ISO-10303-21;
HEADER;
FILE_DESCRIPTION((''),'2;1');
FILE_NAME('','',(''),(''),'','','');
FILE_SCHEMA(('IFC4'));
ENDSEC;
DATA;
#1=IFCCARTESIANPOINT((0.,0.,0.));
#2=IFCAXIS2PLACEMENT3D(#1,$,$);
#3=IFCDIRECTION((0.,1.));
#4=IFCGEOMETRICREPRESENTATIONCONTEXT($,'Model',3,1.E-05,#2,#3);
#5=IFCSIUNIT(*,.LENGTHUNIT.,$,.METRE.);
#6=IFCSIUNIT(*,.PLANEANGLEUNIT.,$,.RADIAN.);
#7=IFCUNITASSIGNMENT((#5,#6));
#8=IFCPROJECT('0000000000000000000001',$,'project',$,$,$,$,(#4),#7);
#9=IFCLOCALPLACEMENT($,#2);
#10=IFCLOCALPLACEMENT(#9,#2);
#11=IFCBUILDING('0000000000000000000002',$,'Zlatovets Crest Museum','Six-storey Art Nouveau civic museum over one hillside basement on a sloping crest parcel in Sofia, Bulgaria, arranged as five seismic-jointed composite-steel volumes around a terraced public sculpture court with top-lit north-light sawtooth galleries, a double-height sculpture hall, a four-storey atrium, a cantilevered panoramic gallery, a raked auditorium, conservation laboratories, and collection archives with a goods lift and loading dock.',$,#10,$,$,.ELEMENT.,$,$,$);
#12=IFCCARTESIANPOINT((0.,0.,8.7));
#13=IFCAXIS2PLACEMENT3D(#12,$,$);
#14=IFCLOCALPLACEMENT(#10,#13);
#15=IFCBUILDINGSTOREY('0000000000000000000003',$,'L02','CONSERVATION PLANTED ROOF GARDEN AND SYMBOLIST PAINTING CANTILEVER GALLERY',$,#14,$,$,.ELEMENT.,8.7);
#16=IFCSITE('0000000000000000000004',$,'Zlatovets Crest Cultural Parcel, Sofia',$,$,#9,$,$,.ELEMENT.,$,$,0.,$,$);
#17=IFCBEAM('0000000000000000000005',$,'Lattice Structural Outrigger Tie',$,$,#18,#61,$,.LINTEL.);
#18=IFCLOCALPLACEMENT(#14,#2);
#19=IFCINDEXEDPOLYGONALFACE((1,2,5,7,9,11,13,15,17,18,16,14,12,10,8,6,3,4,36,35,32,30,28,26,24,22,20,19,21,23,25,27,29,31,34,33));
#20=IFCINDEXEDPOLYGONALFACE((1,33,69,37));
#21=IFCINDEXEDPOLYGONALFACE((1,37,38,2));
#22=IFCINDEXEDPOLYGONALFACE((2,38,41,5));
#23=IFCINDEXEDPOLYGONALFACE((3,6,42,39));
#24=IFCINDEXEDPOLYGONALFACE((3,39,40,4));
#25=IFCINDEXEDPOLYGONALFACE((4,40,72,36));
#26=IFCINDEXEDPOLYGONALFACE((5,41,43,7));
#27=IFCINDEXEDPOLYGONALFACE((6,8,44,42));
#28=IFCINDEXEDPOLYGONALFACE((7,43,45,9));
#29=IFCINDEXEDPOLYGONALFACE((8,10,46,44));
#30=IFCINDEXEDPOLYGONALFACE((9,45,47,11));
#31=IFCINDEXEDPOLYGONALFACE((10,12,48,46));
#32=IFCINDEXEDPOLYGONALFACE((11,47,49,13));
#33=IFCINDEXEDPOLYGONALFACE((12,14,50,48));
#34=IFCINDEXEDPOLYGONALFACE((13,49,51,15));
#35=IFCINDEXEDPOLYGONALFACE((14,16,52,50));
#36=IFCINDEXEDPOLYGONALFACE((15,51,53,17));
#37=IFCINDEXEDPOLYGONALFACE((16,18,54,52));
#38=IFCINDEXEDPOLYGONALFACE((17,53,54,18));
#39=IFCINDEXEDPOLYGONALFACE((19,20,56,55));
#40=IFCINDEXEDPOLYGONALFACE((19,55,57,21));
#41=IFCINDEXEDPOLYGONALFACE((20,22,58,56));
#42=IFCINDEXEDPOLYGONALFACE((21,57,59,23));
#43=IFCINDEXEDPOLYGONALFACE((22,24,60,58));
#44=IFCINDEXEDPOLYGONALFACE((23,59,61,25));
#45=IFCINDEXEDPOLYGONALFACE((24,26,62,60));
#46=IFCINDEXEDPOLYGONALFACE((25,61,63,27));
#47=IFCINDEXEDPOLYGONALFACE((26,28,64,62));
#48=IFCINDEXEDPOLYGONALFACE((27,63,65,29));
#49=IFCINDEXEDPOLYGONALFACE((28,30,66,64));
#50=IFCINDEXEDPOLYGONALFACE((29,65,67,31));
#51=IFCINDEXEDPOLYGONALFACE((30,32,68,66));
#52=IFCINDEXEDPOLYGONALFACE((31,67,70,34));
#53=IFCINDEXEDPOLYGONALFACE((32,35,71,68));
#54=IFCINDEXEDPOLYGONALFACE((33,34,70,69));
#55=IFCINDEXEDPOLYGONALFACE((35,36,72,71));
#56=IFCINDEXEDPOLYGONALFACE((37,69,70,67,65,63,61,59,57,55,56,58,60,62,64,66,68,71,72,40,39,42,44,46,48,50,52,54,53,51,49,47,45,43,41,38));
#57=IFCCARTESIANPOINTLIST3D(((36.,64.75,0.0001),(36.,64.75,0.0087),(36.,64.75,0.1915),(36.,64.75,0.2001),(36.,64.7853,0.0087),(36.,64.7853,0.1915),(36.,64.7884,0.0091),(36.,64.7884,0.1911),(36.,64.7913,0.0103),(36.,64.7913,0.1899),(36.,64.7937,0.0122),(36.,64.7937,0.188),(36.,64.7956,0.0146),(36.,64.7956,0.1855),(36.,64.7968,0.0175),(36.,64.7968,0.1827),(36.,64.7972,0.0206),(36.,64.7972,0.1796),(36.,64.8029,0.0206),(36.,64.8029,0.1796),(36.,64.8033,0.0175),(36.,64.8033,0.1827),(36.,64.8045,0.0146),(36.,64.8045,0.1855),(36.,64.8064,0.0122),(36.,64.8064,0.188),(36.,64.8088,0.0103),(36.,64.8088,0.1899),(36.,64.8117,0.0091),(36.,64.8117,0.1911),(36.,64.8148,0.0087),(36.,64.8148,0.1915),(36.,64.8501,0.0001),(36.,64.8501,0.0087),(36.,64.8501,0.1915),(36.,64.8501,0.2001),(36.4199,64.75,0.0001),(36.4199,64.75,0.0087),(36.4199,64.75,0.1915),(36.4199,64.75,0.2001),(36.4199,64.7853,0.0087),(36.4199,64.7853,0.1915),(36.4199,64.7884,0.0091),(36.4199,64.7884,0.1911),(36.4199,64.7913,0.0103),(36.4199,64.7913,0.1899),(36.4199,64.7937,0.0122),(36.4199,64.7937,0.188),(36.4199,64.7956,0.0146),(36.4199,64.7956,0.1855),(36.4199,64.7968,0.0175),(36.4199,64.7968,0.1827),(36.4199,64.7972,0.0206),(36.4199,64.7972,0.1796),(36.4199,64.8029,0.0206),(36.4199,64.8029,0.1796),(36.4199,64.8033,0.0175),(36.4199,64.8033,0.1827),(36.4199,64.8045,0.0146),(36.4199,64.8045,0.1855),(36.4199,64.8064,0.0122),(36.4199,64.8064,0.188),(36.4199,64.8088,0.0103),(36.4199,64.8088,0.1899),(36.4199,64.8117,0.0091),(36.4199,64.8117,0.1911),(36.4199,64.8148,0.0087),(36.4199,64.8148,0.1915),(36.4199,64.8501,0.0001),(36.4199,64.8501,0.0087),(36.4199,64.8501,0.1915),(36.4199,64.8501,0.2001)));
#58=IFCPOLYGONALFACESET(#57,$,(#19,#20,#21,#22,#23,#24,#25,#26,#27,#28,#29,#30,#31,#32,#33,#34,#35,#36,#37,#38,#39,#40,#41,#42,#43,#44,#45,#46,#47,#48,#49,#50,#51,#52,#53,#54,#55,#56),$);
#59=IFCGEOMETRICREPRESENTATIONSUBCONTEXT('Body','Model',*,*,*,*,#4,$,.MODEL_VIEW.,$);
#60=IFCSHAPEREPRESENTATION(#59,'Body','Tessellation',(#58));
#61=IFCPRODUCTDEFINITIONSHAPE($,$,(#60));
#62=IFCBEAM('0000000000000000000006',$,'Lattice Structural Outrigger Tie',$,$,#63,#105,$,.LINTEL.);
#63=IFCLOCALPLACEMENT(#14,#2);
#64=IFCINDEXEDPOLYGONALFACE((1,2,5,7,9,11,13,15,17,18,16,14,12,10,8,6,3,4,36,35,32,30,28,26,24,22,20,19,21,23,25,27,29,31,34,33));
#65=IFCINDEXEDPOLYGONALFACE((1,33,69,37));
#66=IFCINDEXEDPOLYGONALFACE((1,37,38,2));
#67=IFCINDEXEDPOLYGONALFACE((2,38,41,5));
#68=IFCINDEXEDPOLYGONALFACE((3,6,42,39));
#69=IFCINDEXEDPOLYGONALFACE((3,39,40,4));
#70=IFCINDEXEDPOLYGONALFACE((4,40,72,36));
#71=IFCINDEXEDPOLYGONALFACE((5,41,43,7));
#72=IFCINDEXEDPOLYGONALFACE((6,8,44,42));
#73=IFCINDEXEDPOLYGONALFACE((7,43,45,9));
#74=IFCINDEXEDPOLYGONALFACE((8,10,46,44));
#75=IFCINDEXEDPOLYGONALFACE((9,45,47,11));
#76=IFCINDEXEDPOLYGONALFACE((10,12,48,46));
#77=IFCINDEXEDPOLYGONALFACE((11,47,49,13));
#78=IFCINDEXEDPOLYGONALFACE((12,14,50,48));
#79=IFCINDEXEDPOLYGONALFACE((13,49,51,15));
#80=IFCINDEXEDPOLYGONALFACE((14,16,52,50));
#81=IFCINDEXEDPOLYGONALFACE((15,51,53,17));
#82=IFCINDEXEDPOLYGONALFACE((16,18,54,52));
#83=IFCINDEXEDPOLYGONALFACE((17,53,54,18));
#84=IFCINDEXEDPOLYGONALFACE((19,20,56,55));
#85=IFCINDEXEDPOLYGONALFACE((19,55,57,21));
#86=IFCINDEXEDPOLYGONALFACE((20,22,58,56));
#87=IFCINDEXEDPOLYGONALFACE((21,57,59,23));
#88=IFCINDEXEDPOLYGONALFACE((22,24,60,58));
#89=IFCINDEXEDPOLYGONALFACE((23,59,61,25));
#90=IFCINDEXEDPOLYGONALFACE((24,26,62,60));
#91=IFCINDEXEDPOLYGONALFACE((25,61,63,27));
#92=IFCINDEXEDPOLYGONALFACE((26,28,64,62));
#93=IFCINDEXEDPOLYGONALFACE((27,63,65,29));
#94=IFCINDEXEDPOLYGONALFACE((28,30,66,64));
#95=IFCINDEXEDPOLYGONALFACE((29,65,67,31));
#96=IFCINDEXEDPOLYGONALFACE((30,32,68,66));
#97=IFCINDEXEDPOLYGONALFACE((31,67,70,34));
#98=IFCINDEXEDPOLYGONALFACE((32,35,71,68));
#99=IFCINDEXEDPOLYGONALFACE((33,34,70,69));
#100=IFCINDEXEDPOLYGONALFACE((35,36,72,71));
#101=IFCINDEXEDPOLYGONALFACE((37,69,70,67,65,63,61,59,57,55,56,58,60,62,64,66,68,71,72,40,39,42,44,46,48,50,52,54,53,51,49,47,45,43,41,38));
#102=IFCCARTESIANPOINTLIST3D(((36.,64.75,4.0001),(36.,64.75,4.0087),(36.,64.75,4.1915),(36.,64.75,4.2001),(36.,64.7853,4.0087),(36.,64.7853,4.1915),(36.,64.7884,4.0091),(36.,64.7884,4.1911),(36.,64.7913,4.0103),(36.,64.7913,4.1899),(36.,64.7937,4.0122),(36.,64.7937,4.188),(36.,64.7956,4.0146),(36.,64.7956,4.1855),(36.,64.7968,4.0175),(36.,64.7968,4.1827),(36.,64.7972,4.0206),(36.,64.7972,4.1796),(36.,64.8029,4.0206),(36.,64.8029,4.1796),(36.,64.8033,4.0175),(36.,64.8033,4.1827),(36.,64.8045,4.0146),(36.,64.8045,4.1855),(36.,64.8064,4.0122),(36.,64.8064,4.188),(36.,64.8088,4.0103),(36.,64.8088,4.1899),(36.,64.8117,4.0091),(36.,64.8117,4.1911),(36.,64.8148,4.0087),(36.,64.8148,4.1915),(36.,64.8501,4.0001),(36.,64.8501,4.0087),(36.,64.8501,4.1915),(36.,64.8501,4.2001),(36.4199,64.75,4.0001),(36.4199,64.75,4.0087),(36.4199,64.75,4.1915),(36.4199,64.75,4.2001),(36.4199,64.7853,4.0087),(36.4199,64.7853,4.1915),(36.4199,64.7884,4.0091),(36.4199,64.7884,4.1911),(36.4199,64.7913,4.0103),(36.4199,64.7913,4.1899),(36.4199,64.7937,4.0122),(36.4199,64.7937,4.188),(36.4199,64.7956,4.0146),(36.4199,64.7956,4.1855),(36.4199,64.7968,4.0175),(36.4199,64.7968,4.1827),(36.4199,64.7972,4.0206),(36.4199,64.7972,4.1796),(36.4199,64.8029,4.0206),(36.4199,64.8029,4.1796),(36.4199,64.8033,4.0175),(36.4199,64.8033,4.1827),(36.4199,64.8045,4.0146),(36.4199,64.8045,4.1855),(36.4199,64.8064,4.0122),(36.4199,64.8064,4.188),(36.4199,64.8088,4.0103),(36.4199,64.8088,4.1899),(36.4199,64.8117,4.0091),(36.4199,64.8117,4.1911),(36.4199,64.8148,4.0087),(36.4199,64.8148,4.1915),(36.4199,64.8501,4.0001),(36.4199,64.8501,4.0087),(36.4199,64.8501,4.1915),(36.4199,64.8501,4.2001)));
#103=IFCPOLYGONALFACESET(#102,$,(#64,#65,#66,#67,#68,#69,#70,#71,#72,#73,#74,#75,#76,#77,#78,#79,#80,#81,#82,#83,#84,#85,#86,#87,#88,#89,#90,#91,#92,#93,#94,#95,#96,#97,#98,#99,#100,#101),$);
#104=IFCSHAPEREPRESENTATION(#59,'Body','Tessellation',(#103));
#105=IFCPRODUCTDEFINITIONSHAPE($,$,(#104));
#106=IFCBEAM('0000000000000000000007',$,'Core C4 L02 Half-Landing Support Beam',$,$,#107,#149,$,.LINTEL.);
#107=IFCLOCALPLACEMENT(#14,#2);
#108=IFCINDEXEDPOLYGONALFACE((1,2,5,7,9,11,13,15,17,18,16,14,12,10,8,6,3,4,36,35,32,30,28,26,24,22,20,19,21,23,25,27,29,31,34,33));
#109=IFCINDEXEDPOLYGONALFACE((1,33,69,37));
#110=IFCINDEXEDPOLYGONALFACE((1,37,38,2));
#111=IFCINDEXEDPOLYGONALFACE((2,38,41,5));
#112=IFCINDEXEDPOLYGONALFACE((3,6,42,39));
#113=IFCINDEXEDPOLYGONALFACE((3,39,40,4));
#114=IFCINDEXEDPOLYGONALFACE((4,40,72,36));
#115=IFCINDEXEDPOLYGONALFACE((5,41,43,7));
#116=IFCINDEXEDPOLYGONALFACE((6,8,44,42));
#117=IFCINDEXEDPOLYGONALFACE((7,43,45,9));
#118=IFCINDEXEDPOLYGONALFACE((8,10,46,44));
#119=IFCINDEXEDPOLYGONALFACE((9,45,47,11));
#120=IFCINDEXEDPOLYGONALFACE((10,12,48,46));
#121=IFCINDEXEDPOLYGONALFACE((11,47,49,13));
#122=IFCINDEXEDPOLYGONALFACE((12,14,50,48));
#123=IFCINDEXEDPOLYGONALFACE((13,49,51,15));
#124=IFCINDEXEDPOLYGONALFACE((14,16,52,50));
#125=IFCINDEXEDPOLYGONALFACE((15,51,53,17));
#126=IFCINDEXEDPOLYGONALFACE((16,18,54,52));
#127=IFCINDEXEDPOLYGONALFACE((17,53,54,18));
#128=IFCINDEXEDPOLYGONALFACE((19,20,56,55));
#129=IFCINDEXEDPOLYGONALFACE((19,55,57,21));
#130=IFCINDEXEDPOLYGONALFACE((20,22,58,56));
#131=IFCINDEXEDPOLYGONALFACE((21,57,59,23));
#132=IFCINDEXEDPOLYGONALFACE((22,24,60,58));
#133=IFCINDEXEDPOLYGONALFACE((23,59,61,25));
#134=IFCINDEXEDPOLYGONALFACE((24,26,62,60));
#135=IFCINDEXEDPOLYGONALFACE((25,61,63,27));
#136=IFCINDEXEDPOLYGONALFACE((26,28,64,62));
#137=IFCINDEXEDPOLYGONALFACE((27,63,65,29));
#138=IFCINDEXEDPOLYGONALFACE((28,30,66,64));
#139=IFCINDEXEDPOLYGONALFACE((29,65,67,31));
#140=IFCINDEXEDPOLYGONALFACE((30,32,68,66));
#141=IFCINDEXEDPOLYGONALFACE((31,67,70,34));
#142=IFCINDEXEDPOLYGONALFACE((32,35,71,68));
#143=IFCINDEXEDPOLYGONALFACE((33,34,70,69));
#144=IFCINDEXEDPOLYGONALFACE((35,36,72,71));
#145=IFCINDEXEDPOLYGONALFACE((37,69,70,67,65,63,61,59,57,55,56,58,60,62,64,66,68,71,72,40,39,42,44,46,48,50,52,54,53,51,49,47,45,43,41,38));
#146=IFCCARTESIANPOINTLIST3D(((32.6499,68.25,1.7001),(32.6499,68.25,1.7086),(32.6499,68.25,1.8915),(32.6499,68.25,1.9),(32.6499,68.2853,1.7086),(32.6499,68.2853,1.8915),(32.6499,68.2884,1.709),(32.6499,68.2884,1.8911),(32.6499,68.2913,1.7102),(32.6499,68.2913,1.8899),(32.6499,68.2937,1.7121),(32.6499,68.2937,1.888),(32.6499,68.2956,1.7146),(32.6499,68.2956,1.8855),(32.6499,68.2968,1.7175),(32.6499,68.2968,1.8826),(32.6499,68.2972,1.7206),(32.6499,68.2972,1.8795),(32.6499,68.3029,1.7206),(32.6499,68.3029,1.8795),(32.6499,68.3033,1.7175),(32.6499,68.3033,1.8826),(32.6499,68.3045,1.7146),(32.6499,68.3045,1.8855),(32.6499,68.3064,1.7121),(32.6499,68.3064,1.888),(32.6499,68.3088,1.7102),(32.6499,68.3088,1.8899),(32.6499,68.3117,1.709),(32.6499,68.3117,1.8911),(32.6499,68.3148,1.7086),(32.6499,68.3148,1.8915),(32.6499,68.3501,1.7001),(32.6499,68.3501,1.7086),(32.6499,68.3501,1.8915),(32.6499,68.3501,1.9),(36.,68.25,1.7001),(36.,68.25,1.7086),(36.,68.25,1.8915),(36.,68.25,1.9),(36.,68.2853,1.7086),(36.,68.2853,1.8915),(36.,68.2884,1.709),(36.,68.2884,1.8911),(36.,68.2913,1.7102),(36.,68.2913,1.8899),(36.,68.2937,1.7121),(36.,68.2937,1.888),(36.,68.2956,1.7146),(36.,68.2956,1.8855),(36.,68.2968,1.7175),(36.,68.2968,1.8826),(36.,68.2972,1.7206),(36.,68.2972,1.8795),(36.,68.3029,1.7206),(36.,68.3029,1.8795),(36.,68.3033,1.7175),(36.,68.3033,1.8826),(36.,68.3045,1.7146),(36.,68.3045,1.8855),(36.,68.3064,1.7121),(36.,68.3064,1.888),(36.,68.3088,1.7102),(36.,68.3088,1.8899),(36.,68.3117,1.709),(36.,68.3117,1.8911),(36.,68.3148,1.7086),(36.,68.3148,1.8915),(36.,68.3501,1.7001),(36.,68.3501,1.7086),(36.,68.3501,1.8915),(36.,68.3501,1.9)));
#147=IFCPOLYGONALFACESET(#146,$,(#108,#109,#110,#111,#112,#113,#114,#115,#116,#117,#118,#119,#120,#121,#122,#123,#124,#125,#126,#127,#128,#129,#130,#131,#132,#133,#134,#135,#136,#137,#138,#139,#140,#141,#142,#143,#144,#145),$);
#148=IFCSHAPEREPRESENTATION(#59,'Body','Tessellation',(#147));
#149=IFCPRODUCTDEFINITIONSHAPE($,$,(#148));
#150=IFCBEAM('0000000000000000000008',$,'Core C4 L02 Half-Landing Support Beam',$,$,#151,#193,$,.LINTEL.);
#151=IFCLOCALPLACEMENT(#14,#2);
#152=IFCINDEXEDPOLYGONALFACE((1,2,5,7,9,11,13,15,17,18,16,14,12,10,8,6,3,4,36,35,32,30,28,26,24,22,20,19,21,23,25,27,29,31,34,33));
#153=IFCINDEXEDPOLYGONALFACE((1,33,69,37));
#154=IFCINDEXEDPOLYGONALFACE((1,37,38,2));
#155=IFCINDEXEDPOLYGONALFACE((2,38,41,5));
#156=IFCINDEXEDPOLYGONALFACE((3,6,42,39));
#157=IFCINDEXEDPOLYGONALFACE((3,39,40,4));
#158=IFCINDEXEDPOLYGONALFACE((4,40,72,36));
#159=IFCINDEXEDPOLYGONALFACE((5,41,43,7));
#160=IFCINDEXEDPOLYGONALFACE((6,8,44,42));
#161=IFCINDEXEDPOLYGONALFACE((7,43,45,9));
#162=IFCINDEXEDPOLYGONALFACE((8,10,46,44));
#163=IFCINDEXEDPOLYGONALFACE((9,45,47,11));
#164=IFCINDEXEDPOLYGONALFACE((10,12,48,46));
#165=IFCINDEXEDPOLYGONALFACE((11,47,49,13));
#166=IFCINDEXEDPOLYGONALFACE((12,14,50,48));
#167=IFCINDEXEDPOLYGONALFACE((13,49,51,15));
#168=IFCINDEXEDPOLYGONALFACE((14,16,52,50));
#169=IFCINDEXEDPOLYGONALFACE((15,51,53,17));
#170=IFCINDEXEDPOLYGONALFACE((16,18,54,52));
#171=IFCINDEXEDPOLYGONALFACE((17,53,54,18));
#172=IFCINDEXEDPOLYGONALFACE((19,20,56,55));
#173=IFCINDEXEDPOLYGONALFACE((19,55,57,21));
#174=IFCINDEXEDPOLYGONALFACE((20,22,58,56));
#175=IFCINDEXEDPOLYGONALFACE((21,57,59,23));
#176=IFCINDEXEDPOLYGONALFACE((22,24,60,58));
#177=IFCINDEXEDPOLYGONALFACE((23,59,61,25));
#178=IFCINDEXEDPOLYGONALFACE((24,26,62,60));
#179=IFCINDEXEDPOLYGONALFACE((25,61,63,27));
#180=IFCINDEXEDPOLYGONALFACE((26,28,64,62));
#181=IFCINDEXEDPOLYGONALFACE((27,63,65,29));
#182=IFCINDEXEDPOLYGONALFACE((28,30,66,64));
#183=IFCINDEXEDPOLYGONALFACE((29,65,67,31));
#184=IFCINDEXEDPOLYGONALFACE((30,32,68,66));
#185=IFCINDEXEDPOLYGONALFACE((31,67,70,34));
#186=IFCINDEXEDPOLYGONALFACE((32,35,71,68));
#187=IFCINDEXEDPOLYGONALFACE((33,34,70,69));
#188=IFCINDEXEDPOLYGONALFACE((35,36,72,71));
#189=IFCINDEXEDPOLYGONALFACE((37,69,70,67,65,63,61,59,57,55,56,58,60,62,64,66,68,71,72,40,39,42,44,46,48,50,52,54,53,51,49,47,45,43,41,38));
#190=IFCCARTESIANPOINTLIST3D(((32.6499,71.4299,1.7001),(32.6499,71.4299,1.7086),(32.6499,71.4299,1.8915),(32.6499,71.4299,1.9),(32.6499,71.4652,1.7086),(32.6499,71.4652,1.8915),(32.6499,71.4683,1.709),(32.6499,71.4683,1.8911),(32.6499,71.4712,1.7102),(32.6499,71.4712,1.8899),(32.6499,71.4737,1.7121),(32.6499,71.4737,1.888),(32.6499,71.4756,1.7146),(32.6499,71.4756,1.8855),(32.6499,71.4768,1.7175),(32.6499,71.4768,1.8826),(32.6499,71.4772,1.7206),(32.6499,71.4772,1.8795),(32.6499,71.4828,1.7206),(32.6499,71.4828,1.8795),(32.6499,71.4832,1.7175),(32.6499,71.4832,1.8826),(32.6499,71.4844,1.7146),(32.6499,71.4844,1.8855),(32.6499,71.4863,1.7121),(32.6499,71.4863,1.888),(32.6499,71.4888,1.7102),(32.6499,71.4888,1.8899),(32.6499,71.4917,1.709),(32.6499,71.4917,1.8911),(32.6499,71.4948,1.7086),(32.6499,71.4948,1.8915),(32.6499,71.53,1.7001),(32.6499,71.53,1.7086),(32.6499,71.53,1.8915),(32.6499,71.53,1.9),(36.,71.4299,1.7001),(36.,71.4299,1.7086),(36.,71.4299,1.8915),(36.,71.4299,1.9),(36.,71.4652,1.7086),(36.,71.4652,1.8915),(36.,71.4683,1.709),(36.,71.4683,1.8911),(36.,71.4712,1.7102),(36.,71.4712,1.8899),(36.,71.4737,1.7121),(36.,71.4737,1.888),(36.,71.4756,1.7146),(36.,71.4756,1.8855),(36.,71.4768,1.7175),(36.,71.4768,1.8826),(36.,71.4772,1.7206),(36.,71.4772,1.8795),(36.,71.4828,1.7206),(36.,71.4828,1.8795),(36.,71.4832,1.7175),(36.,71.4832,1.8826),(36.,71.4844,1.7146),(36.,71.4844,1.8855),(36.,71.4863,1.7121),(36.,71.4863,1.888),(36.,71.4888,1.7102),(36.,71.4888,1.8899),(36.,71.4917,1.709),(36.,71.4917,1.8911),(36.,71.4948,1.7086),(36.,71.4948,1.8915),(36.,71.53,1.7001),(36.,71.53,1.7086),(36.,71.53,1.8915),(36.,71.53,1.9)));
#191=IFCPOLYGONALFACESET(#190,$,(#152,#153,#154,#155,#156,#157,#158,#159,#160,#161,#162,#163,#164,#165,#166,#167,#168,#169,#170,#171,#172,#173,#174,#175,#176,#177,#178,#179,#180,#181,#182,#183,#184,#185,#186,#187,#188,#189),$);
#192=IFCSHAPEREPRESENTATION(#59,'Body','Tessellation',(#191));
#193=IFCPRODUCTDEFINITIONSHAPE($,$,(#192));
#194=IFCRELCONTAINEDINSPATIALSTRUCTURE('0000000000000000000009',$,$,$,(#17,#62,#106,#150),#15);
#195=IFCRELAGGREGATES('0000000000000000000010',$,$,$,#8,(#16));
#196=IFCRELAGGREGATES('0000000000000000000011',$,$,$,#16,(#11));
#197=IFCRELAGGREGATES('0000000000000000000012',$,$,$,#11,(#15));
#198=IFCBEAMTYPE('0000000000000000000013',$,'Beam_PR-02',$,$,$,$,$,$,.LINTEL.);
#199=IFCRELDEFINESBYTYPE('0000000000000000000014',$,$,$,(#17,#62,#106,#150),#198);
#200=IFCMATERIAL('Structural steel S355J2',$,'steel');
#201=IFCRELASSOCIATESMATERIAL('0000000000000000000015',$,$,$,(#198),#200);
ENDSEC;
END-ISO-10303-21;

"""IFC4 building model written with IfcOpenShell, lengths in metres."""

from ifc_helpers import new_model, si_unit, direction, frame, origin, origin_2d, place, context, subcontext, project, spatial, i_section, extrude, material, material_profile, profile_set, type_object, element, save


model = new_model("IFC4")

# Units and contexts
model_context = context("Model", 3, precision=1e-05, world=origin(), true_north=direction((0.0, 1.0)))
body_context = subcontext(model_context, "Body", "Model", "MODEL_VIEW")
ifc_project = project(units=[si_unit("LENGTHUNIT", "METRE"), si_unit("PLANEANGLEUNIT", "RADIAN")], contexts=[model_context])

# Site, building, storey
site_placement = place(None, origin())
site = spatial("IfcSite", under=ifc_project, at=site_placement, Name="Zlatovets Crest Cultural Parcel, Sofia", CompositionType="ELEMENT", RefElevation=0.0)
building_placement = place(site_placement, origin())
building = spatial("IfcBuilding", under=site, at=building_placement, Name="Zlatovets Crest Museum", Description="Six-storey Art Nouveau civic museum over one hillside basement on a sloping crest parcel in Sofia, Bulgaria, arranged as five seismic-jointed composite-steel volumes around a terraced public sculpture court with top-lit north-light sawtooth galleries, a double-height sculpture hall, a four-storey atrium, a cantilevered panoramic gallery, a raked auditorium, conservation laboratories, and collection archives with a goods lift and loading dock.", CompositionType="ELEMENT")
storey_placement = place(building_placement, frame((0.0, 0.0, 8.7)))
storey = spatial("IfcBuildingStorey", under=building, at=storey_placement, Name="L02", Description="CONSERVATION PLANTED ROOF GARDEN AND SYMBOLIST PAINTING CANTILEVER GALLERY", CompositionType="ELEMENT", Elevation=8.7)

# Shared definitions
ifc_material_1 = material(Name="Structural steel S355J2", Category="steel")

# Beams
ifc_material_profile_1 = material_profile(ifc_material_1, i_section(OverallWidth=0.1001, OverallDepth=0.2, WebThickness=0.0056, FlangeThickness=0.0085, FilletRadius=0.012, at=origin_2d()), Name="IPE 200")
ifc_profile_set_1 = profile_set([ifc_material_profile_1], Name="Structural steel S355J2")
beam_type_1 = type_object("IfcBeamType", Name="Beam_PR-02", PredefinedType="LINTEL", material=ifc_profile_set_1)
for number, where, z_axis, x_axis, name in (
    (1, (36.0, 64.8, 0.1001), (1.0, 0.0, 0.0), (0.0, 1.0, 0.0), "Lattice Structural Outrigger Tie"),
    (2, (36.0, 64.8, 4.1001), (1.0, 0.0, 0.0), (0.0, 1.0, 0.0), "Lattice Structural Outrigger Tie"),
):
    element("IfcBeam", number, at=place(storey_placement, frame(where, z_axis=z_axis, x_axis=x_axis)), inside=storey, type_object=beam_type_1, Name=name, PredefinedType="LINTEL", context=body_context, shape_type="SweptSolid", body=[
        extrude(i_section(OverallWidth=0.1001, OverallDepth=0.2, WebThickness=0.0056, FlangeThickness=0.0085, FilletRadius=0.012, at=origin_2d()), origin(), (0.0, 0.0, 1.0), 0.4199),
    ])
for number, where, z_axis, x_axis, name in (
    (3, (32.6499, 68.3, 1.8), (1.0, 0.0, 0.0), (0.0, 1.0, 0.0), "Core C4 L02 Half-Landing Support Beam"),
    (4, (32.6499, 71.48, 1.8), (1.0, 0.0, 0.0), (0.0, 1.0, 0.0), "Core C4 L02 Half-Landing Support Beam"),
):
    element("IfcBeam", number, at=place(storey_placement, frame(where, z_axis=z_axis, x_axis=x_axis)), inside=storey, type_object=beam_type_1, Name=name, PredefinedType="LINTEL", context=body_context, shape_type="SweptSolid", body=[
        extrude(i_section(OverallWidth=0.1001, OverallDepth=0.2, WebThickness=0.0056, FlangeThickness=0.0085, FilletRadius=0.012, at=origin_2d()), origin(), (0.0, 0.0, 1.0), 3.3501),
    ])

save(model, "model.ifc")
